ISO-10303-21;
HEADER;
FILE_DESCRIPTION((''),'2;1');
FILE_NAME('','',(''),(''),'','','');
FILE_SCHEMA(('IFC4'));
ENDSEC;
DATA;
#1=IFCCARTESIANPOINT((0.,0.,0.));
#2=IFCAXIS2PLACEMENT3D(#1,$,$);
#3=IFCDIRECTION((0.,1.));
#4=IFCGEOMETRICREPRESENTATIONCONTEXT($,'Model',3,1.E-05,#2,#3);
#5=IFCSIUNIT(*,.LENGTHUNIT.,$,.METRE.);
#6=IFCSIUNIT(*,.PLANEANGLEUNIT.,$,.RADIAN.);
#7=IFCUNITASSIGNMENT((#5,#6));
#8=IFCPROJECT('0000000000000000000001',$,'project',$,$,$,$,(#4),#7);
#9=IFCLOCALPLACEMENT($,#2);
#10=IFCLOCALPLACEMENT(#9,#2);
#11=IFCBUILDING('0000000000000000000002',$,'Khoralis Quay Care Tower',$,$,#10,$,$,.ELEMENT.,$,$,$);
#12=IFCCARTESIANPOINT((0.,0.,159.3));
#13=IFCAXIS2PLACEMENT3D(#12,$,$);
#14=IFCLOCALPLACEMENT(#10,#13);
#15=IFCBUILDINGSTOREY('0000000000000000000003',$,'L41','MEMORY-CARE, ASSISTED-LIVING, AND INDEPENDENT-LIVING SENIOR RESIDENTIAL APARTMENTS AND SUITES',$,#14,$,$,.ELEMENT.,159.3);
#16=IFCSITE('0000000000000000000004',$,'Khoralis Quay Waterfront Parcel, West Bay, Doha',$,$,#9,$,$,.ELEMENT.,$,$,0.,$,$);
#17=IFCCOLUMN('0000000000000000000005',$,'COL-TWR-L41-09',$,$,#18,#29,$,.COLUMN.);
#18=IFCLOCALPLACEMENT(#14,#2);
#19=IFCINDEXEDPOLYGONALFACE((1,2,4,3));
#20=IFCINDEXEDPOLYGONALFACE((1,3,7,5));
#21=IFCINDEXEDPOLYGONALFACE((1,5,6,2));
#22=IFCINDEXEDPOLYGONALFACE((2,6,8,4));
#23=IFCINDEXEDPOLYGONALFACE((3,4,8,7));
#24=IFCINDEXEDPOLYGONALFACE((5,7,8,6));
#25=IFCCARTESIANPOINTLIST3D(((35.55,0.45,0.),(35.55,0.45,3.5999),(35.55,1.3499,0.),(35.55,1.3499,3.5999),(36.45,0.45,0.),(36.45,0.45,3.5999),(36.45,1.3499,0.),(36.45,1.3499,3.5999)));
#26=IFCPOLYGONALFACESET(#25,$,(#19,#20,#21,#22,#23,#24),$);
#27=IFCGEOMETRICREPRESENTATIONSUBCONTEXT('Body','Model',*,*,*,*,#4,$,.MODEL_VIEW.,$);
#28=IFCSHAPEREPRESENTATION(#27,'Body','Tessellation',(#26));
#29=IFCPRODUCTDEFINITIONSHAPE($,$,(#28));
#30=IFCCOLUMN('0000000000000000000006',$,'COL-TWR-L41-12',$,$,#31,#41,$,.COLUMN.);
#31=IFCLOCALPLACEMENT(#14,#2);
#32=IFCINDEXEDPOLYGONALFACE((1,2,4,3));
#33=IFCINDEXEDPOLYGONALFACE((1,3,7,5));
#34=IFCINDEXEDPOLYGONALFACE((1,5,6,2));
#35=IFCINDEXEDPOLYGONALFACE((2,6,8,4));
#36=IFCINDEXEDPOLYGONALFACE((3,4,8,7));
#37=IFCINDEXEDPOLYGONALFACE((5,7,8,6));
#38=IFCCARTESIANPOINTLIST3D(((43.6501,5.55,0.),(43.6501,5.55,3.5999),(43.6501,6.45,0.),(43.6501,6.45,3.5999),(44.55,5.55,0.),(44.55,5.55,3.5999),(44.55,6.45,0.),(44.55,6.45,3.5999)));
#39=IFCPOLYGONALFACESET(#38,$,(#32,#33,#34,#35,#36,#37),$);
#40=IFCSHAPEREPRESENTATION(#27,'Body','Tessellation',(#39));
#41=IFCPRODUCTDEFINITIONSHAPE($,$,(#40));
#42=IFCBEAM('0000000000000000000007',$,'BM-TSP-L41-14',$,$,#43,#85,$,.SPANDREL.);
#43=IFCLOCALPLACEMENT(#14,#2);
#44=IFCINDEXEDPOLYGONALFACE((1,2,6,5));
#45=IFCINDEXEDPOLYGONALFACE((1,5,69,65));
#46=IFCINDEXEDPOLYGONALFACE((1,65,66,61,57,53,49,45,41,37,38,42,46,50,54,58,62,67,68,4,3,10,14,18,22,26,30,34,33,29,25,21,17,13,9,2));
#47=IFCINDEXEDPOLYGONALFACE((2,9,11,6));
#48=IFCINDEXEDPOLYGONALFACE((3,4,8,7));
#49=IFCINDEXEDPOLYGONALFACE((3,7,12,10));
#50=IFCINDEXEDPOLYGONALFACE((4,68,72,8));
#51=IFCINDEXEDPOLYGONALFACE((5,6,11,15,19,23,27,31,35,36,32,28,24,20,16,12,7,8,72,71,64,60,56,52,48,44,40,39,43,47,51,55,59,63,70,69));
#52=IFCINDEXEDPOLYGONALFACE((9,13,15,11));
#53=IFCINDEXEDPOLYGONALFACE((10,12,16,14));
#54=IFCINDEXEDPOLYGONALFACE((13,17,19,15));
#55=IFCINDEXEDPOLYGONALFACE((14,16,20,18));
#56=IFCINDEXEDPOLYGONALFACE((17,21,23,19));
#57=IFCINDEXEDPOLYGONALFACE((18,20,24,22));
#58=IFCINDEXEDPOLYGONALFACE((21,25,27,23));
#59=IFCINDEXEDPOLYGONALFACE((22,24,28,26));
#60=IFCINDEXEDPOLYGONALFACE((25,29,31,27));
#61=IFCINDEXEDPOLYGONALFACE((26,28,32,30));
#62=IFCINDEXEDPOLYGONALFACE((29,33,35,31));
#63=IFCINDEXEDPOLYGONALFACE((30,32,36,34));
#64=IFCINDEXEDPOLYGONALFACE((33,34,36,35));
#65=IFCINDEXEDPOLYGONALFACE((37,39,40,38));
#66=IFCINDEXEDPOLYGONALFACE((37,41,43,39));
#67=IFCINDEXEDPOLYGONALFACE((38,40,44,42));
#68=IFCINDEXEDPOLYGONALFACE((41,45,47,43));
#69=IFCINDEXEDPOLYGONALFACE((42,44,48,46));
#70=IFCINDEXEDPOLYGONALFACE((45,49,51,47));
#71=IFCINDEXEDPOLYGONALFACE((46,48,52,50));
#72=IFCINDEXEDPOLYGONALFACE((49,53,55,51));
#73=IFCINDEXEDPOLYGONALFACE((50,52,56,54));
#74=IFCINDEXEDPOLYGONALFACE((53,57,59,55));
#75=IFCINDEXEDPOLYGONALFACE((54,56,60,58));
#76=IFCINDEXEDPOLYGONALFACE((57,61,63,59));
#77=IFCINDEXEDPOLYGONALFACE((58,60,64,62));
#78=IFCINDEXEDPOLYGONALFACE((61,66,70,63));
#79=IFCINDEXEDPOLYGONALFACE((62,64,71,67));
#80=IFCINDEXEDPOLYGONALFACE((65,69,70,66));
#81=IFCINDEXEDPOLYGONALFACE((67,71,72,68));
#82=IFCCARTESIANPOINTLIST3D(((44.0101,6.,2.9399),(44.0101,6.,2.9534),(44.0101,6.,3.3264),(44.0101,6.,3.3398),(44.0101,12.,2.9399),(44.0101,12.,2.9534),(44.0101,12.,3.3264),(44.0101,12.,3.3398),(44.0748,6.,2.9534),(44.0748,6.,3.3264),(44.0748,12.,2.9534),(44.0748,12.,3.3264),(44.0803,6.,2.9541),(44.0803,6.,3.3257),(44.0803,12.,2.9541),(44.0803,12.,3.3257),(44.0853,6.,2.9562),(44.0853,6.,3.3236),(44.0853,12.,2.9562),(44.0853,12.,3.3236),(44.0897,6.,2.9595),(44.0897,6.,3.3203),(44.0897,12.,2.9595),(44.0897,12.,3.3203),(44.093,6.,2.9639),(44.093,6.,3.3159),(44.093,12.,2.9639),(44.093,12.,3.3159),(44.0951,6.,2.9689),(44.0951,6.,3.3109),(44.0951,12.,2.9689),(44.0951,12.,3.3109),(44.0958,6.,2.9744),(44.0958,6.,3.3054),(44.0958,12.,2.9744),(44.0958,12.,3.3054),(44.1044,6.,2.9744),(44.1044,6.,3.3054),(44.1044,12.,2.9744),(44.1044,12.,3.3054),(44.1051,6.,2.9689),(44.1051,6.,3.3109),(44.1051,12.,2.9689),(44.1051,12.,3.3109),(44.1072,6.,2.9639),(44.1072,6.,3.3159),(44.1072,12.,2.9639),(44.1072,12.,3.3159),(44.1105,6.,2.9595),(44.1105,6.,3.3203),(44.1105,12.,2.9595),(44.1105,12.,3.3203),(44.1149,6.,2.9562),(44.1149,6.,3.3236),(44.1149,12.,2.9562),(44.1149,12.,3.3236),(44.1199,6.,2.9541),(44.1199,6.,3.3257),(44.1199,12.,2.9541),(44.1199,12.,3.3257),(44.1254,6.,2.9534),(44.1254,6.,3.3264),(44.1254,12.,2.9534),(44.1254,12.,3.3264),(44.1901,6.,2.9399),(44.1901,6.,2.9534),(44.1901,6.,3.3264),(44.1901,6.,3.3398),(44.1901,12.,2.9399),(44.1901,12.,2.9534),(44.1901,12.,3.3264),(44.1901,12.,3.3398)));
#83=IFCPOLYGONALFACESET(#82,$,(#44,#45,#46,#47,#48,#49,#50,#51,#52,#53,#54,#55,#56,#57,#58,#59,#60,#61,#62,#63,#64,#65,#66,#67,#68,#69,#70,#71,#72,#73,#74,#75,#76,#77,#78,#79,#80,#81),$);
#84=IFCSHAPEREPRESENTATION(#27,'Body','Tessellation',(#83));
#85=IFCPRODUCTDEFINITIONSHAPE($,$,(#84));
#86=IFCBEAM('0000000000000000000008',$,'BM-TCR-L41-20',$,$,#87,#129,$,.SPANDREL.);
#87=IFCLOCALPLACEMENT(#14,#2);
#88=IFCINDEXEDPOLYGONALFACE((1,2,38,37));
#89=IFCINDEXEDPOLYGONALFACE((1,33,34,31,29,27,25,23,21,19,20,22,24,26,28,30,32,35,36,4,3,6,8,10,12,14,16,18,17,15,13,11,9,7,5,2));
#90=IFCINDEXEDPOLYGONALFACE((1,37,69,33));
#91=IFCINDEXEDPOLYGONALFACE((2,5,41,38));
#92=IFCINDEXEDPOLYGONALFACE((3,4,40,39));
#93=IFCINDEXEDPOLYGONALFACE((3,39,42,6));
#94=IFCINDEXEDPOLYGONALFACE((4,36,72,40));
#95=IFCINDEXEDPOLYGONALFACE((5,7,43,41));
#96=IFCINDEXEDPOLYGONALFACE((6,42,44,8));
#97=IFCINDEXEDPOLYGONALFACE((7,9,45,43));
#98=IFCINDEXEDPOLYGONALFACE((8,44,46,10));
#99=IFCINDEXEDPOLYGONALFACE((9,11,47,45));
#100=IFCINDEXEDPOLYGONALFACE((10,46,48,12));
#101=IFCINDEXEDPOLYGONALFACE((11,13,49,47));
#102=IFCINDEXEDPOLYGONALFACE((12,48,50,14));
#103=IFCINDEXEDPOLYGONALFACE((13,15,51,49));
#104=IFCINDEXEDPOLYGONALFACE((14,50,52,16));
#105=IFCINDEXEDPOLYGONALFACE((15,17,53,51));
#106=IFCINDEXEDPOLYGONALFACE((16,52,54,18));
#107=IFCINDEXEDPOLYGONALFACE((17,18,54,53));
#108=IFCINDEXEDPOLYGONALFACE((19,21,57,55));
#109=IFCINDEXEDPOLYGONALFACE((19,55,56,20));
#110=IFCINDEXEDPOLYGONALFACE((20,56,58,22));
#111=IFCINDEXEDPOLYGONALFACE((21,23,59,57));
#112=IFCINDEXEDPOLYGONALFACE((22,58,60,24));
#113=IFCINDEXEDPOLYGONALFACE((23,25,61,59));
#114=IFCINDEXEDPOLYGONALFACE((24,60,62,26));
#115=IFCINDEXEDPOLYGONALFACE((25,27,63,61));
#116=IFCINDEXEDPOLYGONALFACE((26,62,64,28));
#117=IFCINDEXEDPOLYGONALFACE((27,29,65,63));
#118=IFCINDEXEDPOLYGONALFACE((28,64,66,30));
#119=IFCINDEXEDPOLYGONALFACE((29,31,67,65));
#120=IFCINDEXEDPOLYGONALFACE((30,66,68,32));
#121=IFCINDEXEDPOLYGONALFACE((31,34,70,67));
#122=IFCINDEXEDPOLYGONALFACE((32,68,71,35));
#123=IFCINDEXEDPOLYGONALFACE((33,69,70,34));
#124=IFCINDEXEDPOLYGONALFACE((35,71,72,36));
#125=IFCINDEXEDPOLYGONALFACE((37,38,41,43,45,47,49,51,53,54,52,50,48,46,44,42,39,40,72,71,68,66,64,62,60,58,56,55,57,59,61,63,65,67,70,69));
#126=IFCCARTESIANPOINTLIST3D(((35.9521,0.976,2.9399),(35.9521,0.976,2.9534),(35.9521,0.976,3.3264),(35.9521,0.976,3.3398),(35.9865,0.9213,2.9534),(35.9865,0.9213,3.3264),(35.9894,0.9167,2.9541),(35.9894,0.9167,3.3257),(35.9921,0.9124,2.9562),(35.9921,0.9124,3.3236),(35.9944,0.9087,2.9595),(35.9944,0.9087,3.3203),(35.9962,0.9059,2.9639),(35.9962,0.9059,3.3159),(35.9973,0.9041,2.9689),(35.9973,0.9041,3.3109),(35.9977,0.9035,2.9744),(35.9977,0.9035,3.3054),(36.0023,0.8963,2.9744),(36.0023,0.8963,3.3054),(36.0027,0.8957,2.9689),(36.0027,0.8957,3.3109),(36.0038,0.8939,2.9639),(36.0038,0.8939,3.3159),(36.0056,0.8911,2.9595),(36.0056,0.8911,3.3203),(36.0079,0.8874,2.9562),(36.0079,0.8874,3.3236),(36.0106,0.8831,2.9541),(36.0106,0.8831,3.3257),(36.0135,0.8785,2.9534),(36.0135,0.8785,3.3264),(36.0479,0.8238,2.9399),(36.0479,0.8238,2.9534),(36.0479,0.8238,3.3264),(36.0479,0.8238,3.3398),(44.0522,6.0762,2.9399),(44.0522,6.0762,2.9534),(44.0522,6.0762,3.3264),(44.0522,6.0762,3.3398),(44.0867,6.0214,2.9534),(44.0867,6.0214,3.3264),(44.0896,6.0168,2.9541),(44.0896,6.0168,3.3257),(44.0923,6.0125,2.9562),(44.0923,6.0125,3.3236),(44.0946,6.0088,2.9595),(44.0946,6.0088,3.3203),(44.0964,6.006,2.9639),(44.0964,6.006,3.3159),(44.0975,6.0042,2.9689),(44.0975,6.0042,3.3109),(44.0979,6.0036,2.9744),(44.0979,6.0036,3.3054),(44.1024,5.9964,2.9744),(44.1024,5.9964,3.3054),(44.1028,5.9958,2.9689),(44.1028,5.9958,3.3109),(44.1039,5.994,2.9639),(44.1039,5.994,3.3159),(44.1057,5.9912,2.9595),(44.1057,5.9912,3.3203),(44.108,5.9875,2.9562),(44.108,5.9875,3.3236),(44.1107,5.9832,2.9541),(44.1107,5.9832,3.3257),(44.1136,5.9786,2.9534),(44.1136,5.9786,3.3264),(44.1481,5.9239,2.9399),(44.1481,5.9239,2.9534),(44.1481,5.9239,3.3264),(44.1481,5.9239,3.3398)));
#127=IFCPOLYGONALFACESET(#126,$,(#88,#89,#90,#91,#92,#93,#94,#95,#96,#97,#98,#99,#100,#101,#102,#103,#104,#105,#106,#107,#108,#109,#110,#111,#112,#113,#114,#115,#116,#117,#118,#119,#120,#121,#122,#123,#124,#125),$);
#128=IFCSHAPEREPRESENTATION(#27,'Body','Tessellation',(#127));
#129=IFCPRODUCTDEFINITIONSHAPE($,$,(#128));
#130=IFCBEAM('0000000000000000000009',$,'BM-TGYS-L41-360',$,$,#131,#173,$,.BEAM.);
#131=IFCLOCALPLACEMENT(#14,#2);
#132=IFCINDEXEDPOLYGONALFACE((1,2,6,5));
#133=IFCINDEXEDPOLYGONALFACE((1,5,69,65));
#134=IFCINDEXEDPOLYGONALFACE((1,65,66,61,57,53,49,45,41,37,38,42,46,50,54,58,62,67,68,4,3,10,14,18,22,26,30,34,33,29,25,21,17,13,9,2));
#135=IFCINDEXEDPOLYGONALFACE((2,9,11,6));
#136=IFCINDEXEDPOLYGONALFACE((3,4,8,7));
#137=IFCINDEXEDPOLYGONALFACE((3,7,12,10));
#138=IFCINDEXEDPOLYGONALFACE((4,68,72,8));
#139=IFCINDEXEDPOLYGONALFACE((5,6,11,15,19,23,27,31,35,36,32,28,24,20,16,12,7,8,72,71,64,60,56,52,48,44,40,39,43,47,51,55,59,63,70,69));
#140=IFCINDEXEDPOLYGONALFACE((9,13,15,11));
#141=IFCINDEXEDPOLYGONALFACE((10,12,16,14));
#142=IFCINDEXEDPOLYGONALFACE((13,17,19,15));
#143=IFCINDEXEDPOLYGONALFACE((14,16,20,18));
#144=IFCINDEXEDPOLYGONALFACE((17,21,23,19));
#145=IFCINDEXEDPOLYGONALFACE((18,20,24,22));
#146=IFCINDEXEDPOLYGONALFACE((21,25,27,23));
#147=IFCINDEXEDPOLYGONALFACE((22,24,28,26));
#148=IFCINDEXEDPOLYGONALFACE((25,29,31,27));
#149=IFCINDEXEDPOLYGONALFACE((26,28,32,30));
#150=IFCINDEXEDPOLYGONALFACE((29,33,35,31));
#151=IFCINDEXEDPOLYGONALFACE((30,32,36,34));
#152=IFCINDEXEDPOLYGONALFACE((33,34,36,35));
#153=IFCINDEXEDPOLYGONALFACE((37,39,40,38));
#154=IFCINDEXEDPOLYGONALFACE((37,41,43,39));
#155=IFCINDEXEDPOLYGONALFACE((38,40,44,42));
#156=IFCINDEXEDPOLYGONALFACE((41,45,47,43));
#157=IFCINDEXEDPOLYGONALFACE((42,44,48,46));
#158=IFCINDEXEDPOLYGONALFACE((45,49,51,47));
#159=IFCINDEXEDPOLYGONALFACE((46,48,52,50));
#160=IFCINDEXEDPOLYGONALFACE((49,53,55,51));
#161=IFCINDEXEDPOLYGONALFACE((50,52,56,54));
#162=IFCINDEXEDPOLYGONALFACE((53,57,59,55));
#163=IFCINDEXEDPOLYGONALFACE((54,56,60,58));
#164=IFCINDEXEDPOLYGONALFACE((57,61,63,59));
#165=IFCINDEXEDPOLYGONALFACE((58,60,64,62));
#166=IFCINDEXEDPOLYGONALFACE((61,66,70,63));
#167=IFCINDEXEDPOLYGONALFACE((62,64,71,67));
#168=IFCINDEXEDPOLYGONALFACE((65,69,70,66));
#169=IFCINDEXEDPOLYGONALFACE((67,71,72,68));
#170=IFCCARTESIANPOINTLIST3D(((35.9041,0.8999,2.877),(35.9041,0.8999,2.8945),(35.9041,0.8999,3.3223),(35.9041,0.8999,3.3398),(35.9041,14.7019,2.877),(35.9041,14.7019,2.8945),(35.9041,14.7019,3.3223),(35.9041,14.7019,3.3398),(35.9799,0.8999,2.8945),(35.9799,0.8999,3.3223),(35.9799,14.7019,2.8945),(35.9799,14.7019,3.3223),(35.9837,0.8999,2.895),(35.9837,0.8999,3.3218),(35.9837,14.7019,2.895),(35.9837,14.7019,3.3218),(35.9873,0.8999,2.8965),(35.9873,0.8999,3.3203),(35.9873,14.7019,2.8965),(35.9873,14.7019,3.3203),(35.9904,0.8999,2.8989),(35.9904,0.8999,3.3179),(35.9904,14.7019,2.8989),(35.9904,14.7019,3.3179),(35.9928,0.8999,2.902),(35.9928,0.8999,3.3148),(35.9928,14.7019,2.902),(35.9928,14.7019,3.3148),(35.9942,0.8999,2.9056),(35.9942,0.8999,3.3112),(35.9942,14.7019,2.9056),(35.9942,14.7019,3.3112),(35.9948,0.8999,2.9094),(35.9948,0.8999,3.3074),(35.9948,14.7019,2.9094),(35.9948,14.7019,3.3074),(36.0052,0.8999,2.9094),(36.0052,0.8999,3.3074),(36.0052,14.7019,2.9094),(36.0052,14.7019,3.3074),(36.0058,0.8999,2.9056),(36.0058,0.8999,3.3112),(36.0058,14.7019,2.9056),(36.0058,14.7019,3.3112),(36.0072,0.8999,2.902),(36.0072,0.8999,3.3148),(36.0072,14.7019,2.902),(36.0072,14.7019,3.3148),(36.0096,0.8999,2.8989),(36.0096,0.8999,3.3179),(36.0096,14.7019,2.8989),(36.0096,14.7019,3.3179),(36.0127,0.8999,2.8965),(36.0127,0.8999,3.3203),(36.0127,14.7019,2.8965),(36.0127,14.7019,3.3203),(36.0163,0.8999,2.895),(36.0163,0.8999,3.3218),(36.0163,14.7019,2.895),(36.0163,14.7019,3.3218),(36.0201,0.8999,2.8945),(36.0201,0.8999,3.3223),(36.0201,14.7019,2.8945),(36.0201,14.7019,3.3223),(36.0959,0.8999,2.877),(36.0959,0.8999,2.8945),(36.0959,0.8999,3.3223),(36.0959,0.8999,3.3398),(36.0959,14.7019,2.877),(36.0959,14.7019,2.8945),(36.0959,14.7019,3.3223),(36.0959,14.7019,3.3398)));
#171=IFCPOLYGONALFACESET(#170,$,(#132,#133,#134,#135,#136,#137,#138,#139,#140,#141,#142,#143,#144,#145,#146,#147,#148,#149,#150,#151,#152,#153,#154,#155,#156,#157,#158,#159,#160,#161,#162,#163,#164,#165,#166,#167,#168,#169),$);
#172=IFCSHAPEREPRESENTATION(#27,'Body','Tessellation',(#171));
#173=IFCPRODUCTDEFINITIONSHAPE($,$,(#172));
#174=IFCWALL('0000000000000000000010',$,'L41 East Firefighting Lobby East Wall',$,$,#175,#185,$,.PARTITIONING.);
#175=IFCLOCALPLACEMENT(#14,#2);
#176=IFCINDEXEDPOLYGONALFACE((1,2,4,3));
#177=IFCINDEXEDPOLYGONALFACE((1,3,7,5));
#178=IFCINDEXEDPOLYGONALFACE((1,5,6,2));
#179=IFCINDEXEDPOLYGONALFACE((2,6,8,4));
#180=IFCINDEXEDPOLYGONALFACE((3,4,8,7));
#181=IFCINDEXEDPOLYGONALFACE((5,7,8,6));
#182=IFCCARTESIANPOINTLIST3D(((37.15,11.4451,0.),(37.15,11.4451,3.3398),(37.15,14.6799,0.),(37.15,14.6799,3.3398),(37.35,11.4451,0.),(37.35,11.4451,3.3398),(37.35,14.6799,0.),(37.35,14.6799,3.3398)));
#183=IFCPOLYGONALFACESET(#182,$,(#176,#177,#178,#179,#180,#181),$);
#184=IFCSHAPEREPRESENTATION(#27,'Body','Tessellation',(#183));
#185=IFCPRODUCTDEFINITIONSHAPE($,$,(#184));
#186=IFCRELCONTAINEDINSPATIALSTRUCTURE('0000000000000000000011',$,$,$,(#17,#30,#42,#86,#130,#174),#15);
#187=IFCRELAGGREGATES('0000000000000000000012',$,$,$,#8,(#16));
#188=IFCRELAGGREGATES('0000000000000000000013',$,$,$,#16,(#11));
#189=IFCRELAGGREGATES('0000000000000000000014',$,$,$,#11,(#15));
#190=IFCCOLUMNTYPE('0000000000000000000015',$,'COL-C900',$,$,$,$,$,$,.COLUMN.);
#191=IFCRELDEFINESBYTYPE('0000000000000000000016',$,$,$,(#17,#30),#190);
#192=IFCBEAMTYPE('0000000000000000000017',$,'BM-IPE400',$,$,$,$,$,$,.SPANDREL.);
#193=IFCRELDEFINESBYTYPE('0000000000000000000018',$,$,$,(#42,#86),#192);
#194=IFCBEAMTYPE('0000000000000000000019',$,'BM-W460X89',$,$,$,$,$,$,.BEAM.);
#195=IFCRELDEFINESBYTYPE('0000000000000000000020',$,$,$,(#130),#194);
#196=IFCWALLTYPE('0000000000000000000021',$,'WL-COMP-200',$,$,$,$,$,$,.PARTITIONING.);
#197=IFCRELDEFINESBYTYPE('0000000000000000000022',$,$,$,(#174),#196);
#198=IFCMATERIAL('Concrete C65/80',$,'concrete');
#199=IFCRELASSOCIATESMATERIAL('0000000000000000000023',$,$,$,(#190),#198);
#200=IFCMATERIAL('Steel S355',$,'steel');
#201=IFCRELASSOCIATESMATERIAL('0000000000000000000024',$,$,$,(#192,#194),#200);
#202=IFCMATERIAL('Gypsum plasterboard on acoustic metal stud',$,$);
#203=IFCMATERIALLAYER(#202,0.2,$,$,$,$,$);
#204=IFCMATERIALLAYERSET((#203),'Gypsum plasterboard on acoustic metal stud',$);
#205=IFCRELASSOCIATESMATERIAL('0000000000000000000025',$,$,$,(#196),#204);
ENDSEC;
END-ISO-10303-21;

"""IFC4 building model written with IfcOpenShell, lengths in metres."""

from ifc_helpers import new_model, si_unit, direction, frame, frame_2d, origin, origin_2d, place, context, subcontext, project, spatial, rectangle, i_section, extrude, source, transform, mapped, material, layer, layer_set, material_profile, profile_set, type_object, element, save


model = new_model("IFC4")

# Units and contexts
model_context = context("Model", 3, precision=1e-05, world=origin(), true_north=direction((0.0, 1.0)))
body_context = subcontext(model_context, "Body", "Model", "MODEL_VIEW")
ifc_project = project(units=[si_unit("LENGTHUNIT", "METRE"), si_unit("PLANEANGLEUNIT", "RADIAN")], contexts=[model_context])

# Site, building, storey
site_placement = place(None, origin())
site = spatial("IfcSite", under=ifc_project, at=site_placement, Name="Khoralis Quay Waterfront Parcel, West Bay, Doha", CompositionType="ELEMENT", RefElevation=0.0)
building_placement = place(site_placement, origin())
building = spatial("IfcBuilding", under=site, at=building_placement, Name="Khoralis Quay Care Tower", CompositionType="ELEMENT")
storey_placement = place(building_placement, frame((0.0, 0.0, 159.3)))
storey = spatial("IfcBuildingStorey", under=building, at=storey_placement, Name="L41", Description="MEMORY-CARE, ASSISTED-LIVING, AND INDEPENDENT-LIVING SENIOR RESIDENTIAL APARTMENTS AND SUITES", CompositionType="ELEMENT", Elevation=159.3)

# Columns
ifc_material_1 = material(Name="Concrete C65/80", Category="concrete")
ifc_material_profile_1 = material_profile(ifc_material_1, rectangle(XDim=0.8999, YDim=0.8999, at=origin_2d()), Name="Concrete C65/80")
ifc_profile_set_1 = profile_set([ifc_material_profile_1], Name="Concrete C65/80")
column_type = type_object("IfcColumnType", Name="COL-C900", PredefinedType="COLUMN", material=ifc_profile_set_1)
shared_shape_1 = source(origin(), body_context, "Body", "SweptSolid", [
    extrude(rectangle(XDim=0.8999, YDim=0.8999, at=origin_2d()), origin(), (0.0, 0.0, 1.0), 3.5999),
])
for number, where, z_axis, x_axis, name in (
    (1, (36.0, 0.8999, 0.0), (0.0, 0.0, 1.0), (1.0, 0.0, 0.0), "COL-TWR-L41-09"),
    (2, (44.1001, 6.0, 0.0), (0.0, 0.0, 1.0), (1.0, 0.0, 0.0), "COL-TWR-L41-12"),
):
    element("IfcColumn", number, at=place(storey_placement, frame(where, z_axis=z_axis, x_axis=x_axis)), inside=storey, type_object=column_type, Name=name, PredefinedType="COLUMN", context=body_context, shape_type="MappedRepresentation", body=[
        mapped(shared_shape_1, transform((0.0, 0.0, 0.0), scale=1.0)),
    ])

# Beams
ifc_material_2 = material(Name="Steel S355", Category="steel")
ifc_material_profile_2 = material_profile(ifc_material_2, i_section(OverallWidth=0.1799, OverallDepth=0.3999, WebThickness=0.0085, FlangeThickness=0.0134, FilletRadius=0.021, at=origin_2d()), Name="Steel S355")
ifc_profile_set_2 = profile_set([ifc_material_profile_2], Name="Steel S355")
beam_type_1 = type_object("IfcBeamType", Name="BM-IPE400", PredefinedType="SPANDREL", material=ifc_profile_set_2)
shared_shape_2 = source(origin(), body_context, "Body", "SweptSolid", [
    extrude(i_section(OverallWidth=0.1799, OverallDepth=0.3999, WebThickness=0.0085, FlangeThickness=0.0134, FilletRadius=0.021, at=origin_2d()), origin(), (0.0, 0.0, 1.0), 6.0),
])
beam_1_placement = place(storey_placement, frame((44.1001, 6.0, 3.1399), z_axis=(0.0, 1.0, 0.0), x_axis=(-1.0, 0.0, 0.0)))
element("IfcBeam", 3, at=beam_1_placement, inside=storey, type_object=beam_type_1, Name="BM-TSP-L41-14", PredefinedType="SPANDREL", context=body_context, shape_type="MappedRepresentation", body=[
    mapped(shared_shape_2, transform((0.0, 0.0, 0.0), scale=1.0)),
])
shared_shape_3 = source(origin(), body_context, "Body", "SweptSolid", [
    extrude(i_section(OverallWidth=0.1799, OverallDepth=0.3999, WebThickness=0.0085, FlangeThickness=0.0134, FilletRadius=0.021, at=origin_2d()), origin(), (0.0, 0.0, 1.0), 9.572),
])
beam_2_placement = place(storey_placement, frame((36.0, 0.8999, 3.1399), z_axis=(0.846231, 0.532816, 0.0), x_axis=(-0.532816, 0.846231, 0.0)))
element("IfcBeam", 4, at=beam_2_placement, inside=storey, type_object=beam_type_1, Name="BM-TCR-L41-20", PredefinedType="SPANDREL", context=body_context, shape_type="MappedRepresentation", body=[
    mapped(shared_shape_3, transform((0.0, 0.0, 0.0), scale=1.0)),
])
ifc_material_profile_3 = material_profile(ifc_material_2, i_section(OverallWidth=0.1919, OverallDepth=0.4629, WebThickness=0.0105, FlangeThickness=0.0176, FilletRadius=0.0149, at=origin_2d()), Name="Steel S355")
ifc_profile_set_3 = profile_set([ifc_material_profile_3], Name="Steel S355")
beam_type_2 = type_object("IfcBeamType", Name="BM-W460X89", PredefinedType="BEAM", material=ifc_profile_set_3)
shared_shape_4 = source(origin(), body_context, "Body", "SweptSolid", [
    extrude(i_section(OverallWidth=0.1919, OverallDepth=0.4629, WebThickness=0.0105, FlangeThickness=0.0176, FilletRadius=0.0149, at=origin_2d()), origin(), (0.0, 0.0, 1.0), 13.802),
])
beam_3_placement = place(storey_placement, frame((36.0, 0.8999, 3.1084), z_axis=(0.0, 1.0, 0.0), x_axis=(-1.0, 0.0, 0.0)))
element("IfcBeam", 5, at=beam_3_placement, inside=storey, type_object=beam_type_2, Name="BM-TGYS-L41-360", PredefinedType="BEAM", context=body_context, shape_type="MappedRepresentation", body=[
    mapped(shared_shape_4, transform((0.0, 0.0, 0.0), scale=1.0)),
])

# Wall
ifc_material_3 = material(Name="Gypsum plasterboard on acoustic metal stud")
ifc_layer_1 = layer(ifc_material_3, 0.2)
ifc_layer_set_1 = layer_set([ifc_layer_1], Name="Gypsum plasterboard on acoustic metal stud")
wall_type_1 = type_object("IfcWallType", Name="WL-COMP-200", PredefinedType="PARTITIONING", material=ifc_layer_set_1)
wall_1_placement = place(storey_placement, frame((37.25, 11.4451, 0.0), z_axis=(0.0, 0.0, 1.0), x_axis=(0.0, 1.0, 0.0)))
element("IfcWall", 6, at=wall_1_placement, inside=storey, type_object=wall_type_1, Name="L41 East Firefighting Lobby East Wall", PredefinedType="PARTITIONING", context=body_context, shape_type="SweptSolid", body=[
    extrude(rectangle(XDim=3.2349, YDim=0.2, at=frame_2d((1.6174, 0.0))), origin(), (0.0, 0.0, 1.0), 3.3398),
])

save(model, "model.ifc")
